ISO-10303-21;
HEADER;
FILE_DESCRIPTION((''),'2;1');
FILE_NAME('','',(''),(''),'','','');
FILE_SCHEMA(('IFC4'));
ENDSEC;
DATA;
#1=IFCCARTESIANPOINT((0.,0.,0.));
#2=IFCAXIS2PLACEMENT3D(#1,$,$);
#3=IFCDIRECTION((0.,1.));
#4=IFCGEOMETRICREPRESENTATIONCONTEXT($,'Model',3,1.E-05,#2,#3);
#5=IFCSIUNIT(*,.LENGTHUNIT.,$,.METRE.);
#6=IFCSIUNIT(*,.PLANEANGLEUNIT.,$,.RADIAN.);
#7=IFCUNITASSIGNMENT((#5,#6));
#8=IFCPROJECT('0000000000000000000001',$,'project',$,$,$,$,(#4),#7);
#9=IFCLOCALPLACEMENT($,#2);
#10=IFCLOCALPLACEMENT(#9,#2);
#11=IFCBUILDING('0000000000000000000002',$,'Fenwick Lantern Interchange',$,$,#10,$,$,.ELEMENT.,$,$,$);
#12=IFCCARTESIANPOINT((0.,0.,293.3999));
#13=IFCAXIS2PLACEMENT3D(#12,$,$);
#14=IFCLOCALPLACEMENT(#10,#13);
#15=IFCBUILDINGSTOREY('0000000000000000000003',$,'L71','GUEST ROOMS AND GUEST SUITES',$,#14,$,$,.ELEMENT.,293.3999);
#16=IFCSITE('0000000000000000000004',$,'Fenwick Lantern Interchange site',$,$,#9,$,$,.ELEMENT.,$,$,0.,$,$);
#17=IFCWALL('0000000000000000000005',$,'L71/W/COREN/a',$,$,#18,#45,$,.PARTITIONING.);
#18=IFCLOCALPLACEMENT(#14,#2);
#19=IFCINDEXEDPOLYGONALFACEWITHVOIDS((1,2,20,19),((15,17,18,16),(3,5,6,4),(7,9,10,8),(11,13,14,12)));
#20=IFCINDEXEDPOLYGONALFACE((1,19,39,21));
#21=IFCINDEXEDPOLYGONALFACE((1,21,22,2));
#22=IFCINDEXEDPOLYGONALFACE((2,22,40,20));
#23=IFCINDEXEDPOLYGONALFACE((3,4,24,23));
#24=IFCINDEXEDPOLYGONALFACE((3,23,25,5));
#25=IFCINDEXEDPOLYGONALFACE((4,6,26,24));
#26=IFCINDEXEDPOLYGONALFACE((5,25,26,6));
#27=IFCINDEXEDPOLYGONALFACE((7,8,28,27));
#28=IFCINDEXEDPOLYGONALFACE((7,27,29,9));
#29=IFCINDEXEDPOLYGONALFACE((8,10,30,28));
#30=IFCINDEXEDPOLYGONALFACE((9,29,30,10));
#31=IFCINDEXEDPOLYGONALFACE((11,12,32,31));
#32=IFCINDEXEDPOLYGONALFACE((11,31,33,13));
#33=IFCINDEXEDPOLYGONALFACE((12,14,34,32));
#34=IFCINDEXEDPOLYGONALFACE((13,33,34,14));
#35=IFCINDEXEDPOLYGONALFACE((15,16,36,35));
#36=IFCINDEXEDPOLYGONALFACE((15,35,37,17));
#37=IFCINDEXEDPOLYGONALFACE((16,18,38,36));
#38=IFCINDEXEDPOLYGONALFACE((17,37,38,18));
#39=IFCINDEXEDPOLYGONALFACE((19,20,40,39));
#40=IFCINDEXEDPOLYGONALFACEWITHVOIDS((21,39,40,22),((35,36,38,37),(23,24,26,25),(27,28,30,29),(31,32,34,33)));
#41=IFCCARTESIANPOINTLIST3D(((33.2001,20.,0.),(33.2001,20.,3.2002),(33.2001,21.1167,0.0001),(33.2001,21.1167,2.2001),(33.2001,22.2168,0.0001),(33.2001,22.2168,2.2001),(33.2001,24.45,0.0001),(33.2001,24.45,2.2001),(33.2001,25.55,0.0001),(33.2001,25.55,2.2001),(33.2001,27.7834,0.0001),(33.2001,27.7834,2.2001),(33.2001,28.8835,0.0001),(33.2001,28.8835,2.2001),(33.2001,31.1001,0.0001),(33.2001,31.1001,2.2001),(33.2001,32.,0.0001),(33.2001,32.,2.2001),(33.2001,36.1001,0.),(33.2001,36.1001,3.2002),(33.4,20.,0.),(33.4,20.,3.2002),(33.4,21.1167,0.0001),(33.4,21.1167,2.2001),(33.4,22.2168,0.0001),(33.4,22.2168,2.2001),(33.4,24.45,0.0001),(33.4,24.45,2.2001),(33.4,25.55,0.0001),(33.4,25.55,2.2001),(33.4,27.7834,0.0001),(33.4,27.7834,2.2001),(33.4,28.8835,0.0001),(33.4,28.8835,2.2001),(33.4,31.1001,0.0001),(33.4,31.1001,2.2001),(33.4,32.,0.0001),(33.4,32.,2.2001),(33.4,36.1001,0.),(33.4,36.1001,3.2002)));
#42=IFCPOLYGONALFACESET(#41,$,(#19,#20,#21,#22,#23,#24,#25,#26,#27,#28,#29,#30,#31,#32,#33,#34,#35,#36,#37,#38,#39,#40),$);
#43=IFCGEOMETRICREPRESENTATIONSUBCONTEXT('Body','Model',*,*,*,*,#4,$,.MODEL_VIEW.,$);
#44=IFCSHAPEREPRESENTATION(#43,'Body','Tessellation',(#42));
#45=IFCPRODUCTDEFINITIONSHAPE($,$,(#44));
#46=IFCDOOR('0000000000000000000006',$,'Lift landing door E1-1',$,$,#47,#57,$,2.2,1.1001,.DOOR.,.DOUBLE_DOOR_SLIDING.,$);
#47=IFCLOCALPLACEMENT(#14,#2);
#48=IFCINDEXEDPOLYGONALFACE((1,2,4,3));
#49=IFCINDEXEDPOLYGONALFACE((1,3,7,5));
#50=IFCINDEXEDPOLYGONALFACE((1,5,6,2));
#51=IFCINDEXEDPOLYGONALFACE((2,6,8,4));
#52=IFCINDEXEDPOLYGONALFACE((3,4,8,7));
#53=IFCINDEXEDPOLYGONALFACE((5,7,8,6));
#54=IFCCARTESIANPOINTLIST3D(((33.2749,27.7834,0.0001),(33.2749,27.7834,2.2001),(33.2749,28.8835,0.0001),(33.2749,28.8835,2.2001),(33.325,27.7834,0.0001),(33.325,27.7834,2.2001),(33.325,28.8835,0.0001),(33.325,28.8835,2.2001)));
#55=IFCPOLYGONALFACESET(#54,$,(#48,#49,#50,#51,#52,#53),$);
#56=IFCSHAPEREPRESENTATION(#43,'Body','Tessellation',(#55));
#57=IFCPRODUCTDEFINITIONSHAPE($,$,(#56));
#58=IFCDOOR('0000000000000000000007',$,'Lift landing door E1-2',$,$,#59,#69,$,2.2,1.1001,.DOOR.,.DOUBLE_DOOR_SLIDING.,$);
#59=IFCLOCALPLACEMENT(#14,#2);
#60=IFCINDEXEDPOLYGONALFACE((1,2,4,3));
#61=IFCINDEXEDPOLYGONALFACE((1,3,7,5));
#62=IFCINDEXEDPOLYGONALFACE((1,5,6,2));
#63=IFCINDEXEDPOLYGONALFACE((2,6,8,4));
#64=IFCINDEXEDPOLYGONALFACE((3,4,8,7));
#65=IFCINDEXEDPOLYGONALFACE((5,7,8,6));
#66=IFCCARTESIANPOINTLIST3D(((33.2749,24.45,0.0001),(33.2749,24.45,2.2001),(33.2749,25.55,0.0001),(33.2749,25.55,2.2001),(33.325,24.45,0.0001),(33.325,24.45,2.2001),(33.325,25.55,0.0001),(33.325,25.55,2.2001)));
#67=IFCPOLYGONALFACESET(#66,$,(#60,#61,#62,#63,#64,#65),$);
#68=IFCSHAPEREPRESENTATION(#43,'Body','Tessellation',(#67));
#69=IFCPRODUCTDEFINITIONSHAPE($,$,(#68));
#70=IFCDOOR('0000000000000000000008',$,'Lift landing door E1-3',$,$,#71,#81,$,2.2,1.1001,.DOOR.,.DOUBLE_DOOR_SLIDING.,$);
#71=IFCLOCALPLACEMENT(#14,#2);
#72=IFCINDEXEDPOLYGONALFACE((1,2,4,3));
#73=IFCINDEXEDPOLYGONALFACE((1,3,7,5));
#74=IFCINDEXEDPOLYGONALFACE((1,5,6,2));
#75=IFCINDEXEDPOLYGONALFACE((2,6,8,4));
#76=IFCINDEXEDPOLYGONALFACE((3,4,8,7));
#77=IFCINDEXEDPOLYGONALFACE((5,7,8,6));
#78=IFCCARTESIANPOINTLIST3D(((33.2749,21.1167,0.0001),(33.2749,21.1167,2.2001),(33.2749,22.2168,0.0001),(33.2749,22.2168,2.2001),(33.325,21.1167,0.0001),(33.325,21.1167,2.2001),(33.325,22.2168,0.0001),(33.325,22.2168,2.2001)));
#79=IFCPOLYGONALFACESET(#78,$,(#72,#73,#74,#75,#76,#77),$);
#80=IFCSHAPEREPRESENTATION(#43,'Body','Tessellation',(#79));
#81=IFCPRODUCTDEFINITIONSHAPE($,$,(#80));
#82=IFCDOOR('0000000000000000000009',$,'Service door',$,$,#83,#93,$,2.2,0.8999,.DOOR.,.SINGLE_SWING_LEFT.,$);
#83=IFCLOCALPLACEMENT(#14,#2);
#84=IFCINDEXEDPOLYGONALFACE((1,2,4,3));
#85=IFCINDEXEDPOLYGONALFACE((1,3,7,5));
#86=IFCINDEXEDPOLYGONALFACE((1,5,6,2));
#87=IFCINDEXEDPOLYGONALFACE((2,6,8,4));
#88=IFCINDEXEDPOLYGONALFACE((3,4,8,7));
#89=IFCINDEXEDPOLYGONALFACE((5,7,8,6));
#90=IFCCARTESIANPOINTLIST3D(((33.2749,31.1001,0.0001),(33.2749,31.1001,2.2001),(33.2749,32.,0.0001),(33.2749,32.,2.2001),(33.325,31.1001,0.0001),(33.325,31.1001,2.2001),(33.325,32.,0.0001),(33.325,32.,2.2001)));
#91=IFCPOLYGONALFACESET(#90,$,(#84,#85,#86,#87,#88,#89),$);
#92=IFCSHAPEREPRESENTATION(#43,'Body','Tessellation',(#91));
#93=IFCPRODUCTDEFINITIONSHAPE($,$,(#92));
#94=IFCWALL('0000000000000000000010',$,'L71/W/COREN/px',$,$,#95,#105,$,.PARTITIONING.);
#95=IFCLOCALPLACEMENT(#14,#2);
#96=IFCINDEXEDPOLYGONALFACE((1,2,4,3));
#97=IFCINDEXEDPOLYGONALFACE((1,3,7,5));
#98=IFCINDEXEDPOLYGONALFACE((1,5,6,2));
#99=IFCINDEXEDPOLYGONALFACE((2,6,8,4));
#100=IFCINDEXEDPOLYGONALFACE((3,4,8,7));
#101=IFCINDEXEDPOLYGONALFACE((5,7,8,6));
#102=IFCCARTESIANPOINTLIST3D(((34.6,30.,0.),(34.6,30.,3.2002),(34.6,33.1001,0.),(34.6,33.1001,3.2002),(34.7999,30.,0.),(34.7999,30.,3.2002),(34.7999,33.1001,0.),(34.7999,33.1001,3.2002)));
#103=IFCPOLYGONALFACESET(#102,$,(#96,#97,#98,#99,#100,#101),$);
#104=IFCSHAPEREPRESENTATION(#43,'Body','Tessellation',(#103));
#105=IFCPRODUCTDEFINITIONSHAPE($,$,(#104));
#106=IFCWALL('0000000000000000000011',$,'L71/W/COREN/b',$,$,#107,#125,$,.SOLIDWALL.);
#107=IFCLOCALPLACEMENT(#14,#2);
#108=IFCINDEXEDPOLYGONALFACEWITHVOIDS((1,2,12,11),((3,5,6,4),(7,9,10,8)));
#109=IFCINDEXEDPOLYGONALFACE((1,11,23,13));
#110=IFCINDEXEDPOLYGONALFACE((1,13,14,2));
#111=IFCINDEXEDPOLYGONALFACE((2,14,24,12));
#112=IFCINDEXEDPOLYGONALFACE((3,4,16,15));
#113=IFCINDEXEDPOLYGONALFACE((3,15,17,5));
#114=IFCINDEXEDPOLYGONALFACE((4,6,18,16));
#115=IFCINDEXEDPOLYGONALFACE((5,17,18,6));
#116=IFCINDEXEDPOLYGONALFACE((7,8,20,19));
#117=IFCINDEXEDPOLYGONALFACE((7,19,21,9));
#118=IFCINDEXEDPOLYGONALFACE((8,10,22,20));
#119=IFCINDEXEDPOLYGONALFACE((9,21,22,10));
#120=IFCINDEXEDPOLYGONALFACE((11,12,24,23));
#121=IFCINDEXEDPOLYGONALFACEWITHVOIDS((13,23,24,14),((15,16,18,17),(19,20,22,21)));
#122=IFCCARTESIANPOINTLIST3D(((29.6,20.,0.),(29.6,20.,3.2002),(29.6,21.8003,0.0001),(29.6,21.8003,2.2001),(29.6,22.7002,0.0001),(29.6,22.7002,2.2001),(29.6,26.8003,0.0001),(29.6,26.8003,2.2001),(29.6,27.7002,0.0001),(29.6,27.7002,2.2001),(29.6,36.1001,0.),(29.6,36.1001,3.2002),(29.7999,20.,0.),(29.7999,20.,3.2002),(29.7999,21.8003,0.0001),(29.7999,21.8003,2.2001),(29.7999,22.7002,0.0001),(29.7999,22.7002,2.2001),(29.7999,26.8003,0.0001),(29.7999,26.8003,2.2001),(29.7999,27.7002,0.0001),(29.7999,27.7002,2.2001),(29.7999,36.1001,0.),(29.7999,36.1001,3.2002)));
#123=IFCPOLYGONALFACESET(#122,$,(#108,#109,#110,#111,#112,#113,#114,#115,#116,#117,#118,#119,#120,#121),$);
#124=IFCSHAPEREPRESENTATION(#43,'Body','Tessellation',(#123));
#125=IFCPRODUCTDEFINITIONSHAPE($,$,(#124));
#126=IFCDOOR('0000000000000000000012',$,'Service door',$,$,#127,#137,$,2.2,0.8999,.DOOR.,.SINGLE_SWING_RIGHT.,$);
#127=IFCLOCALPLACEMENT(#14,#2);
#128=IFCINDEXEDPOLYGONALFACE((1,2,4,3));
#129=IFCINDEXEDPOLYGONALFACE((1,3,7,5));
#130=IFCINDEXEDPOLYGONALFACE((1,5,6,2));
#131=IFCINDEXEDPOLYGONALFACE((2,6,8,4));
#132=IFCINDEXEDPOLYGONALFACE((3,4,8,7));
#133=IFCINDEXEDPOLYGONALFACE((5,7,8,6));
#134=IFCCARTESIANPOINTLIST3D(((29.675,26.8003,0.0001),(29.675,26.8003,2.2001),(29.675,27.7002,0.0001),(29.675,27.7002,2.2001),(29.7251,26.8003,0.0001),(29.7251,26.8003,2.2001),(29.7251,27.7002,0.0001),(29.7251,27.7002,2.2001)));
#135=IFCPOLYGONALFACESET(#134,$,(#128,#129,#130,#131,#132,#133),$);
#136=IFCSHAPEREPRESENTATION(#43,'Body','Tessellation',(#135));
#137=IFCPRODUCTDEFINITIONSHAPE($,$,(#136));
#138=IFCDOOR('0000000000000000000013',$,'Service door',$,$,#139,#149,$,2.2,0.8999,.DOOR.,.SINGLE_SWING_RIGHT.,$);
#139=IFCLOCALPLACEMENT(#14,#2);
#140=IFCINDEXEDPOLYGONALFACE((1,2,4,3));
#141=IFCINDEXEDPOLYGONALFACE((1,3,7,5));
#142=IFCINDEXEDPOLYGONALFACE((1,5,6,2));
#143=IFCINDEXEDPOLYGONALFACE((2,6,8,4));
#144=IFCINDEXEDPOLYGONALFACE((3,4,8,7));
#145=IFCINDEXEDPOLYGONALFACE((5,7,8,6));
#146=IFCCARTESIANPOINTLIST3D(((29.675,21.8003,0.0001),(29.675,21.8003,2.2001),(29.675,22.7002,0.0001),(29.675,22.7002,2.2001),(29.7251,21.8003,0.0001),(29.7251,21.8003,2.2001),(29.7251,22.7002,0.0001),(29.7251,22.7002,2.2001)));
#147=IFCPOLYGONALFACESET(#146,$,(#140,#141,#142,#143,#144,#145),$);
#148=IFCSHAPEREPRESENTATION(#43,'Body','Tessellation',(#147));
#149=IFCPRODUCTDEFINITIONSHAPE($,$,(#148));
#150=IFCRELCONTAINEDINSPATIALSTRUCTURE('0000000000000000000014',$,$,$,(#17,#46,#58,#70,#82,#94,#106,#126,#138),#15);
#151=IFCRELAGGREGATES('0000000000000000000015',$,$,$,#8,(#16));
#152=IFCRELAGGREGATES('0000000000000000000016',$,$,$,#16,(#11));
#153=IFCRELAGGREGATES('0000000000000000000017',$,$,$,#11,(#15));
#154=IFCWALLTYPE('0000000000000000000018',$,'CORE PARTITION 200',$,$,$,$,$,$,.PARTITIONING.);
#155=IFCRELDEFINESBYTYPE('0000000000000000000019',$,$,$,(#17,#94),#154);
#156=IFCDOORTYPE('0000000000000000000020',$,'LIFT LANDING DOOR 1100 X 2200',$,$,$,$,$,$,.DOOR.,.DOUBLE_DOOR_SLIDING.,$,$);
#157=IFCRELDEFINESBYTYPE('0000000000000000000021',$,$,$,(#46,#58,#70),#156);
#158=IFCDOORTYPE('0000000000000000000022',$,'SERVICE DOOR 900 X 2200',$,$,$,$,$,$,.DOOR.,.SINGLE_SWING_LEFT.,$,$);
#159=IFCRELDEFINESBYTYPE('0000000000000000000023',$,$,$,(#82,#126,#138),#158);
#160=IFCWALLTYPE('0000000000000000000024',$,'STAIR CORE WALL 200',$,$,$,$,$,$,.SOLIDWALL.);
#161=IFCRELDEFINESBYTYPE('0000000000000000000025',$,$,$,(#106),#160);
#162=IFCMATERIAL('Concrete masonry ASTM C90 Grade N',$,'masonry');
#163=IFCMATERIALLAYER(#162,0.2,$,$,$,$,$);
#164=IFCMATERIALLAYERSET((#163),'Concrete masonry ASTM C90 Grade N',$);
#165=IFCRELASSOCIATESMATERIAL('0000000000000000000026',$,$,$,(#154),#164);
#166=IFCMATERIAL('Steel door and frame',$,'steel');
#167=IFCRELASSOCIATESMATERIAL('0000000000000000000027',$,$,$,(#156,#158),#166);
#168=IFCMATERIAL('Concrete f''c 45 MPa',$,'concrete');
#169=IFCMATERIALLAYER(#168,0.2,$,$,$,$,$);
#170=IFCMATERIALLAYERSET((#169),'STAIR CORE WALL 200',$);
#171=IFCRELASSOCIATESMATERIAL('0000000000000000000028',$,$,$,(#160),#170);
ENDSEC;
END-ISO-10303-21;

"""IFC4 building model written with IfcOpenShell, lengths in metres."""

from ifc_helpers import new_model, si_unit, direction, frame, frame_2d, origin, place, context, subcontext, project, spatial, rectangle, extrude, material, layer, layer_set, type_object, element, fill, save


model = new_model("IFC4")

# Units and contexts
model_context = context("Model", 3, precision=1e-05, world=origin(), true_north=direction((0.0, 1.0)))
body_context = subcontext(model_context, "Body", "Model", "MODEL_VIEW")
ifc_project = project(units=[si_unit("LENGTHUNIT", "METRE"), si_unit("PLANEANGLEUNIT", "RADIAN")], contexts=[model_context])

# Site, building, storey
site_placement = place(None, origin())
site = spatial("IfcSite", under=ifc_project, at=site_placement, Name="Fenwick Lantern Interchange site", CompositionType="ELEMENT", RefElevation=0.0)
building_placement = place(site_placement, origin())
building = spatial("IfcBuilding", under=site, at=building_placement, Name="Fenwick Lantern Interchange", CompositionType="ELEMENT")
storey_placement = place(building_placement, frame((0.0, 0.0, 293.3999)))
storey = spatial("IfcBuildingStorey", under=building, at=storey_placement, Name="L71", Description="GUEST ROOMS AND GUEST SUITES", CompositionType="ELEMENT", Elevation=293.3999)

# Wall, openings, doors
ifc_material_1 = material(Name="Concrete masonry ASTM C90 Grade N", Category="masonry")
ifc_layer_1 = layer(ifc_material_1, 0.2)
ifc_layer_set_1 = layer_set([ifc_layer_1], Name="Concrete masonry ASTM C90 Grade N")
wall_type_1 = type_object("IfcWallType", Name="CORE PARTITION 200", PredefinedType="PARTITIONING", material=ifc_layer_set_1)
wall_1_placement = place(storey_placement, frame((33.3, 36.1001, 0.0), z_axis=(0.0, 0.0, 1.0), x_axis=(0.0, -1.0, 0.0)))
wall_1 = element("IfcWall", 1, at=wall_1_placement, inside=storey, type_object=wall_type_1, Name="L71/W/COREN/a", PredefinedType="PARTITIONING", context=body_context, shape_type="SweptSolid", body=[
    extrude(rectangle(XDim=16.1001, YDim=0.2, at=frame_2d((8.05, 0.0))), origin(), (0.0, 0.0, 1.0), 3.2002),
])
opening_1_placement = place(wall_1_placement, frame((4.1001, 0.0, 0.0)))
opening_1 = element("IfcOpeningElement", 2, at=opening_1_placement, cuts=wall_1, PredefinedType="OPENING", context=body_context, shape_type="SweptSolid", body=[
    extrude(rectangle(XDim=0.8999, YDim=2.2, at=frame_2d((0.45, 1.1001))), frame((0.0, 0.1099, 0.0), z_axis=(0.0, -1.0, 0.0), x_axis=(1.0, 0.0, 0.0)), (0.0, 0.0, 1.0), 0.22),
])
opening_2_placement = place(wall_1_placement, frame((7.2166, 0.0, 0.0)))
opening_2 = element("IfcOpeningElement", 3, at=opening_2_placement, cuts=wall_1, PredefinedType="OPENING", context=body_context, shape_type="SweptSolid", body=[
    extrude(rectangle(XDim=1.1001, YDim=2.2, at=frame_2d((0.55, 1.1001))), frame((0.0, 0.1099, 0.0), z_axis=(0.0, -1.0, 0.0), x_axis=(1.0, 0.0, 0.0)), (0.0, 0.0, 1.0), 0.22),
])
opening_3_placement = place(wall_1_placement, frame((10.55, 0.0, 0.0)))
opening_3 = element("IfcOpeningElement", 4, at=opening_3_placement, cuts=wall_1, PredefinedType="OPENING", context=body_context, shape_type="SweptSolid", body=[
    extrude(rectangle(XDim=1.1001, YDim=2.2, at=frame_2d((0.55, 1.1001))), frame((0.0, 0.1099, 0.0), z_axis=(0.0, -1.0, 0.0), x_axis=(1.0, 0.0, 0.0)), (0.0, 0.0, 1.0), 0.22),
])
opening_4_placement = place(wall_1_placement, frame((13.8833, 0.0, 0.0)))
opening_4 = element("IfcOpeningElement", 5, at=opening_4_placement, cuts=wall_1, PredefinedType="OPENING", context=body_context, shape_type="SweptSolid", body=[
    extrude(rectangle(XDim=1.1001, YDim=2.2, at=frame_2d((0.55, 1.1001))), frame((0.0, 0.1099, 0.0), z_axis=(0.0, -1.0, 0.0), x_axis=(1.0, 0.0, 0.0)), (0.0, 0.0, 1.0), 0.22),
])
ifc_material_2 = material(Name="Steel door and frame", Category="steel")
door_type_1 = type_object("IfcDoorType", Name="LIFT LANDING DOOR 1100 X 2200", OperationType="DOUBLE_DOOR_SLIDING", PredefinedType="DOOR", material=ifc_material_2)
door_1_placement = place(opening_2_placement, origin())
door_1 = element("IfcDoor", 6, at=door_1_placement, inside=storey, type_object=door_type_1, Name="Lift landing door E1-1", OperationType="DOUBLE_DOOR_SLIDING", OverallHeight=2.2, OverallWidth=1.1001, PredefinedType="DOOR", context=body_context, shape_type="SweptSolid", body=[
    extrude(rectangle(XDim=1.1001, YDim=2.2, at=frame_2d((0.55, 1.1001))), frame((0.0, 0.0249, 0.0), z_axis=(0.0, -1.0, 0.0), x_axis=(1.0, 0.0, 0.0)), (0.0, 0.0, 1.0), 0.05),
])
fill(opening_2, door_1)
door_2_placement = place(opening_3_placement, origin())
door_2 = element("IfcDoor", 7, at=door_2_placement, inside=storey, type_object=door_type_1, Name="Lift landing door E1-2", OperationType="DOUBLE_DOOR_SLIDING", OverallHeight=2.2, OverallWidth=1.1001, PredefinedType="DOOR", context=body_context, shape_type="SweptSolid", body=[
    extrude(rectangle(XDim=1.1001, YDim=2.2, at=frame_2d((0.55, 1.1001))), frame((0.0, 0.0249, 0.0), z_axis=(0.0, -1.0, 0.0), x_axis=(1.0, 0.0, 0.0)), (0.0, 0.0, 1.0), 0.05),
])
fill(opening_3, door_2)
door_3_placement = place(opening_4_placement, origin())
door_3 = element("IfcDoor", 8, at=door_3_placement, inside=storey, type_object=door_type_1, Name="Lift landing door E1-3", OperationType="DOUBLE_DOOR_SLIDING", OverallHeight=2.2, OverallWidth=1.1001, PredefinedType="DOOR", context=body_context, shape_type="SweptSolid", body=[
    extrude(rectangle(XDim=1.1001, YDim=2.2, at=frame_2d((0.55, 1.1001))), frame((0.0, 0.0249, 0.0), z_axis=(0.0, -1.0, 0.0), x_axis=(1.0, 0.0, 0.0)), (0.0, 0.0, 1.0), 0.05),
])
fill(opening_4, door_3)
door_type_2 = type_object("IfcDoorType", Name="SERVICE DOOR 900 X 2200", OperationType="SINGLE_SWING_LEFT", PredefinedType="DOOR", material=ifc_material_2)
door_4_placement = place(opening_1_placement, origin())
door_4 = element("IfcDoor", 9, at=door_4_placement, inside=storey, type_object=door_type_2, Name="Service door", OperationType="SINGLE_SWING_LEFT", OverallHeight=2.2, OverallWidth=0.8999, PredefinedType="DOOR", context=body_context, shape_type="SweptSolid", body=[
    extrude(rectangle(XDim=0.8999, YDim=2.2, at=frame_2d((0.45, 1.1001))), frame((0.0, 0.0249, 0.0), z_axis=(0.0, -1.0, 0.0), x_axis=(1.0, 0.0, 0.0)), (0.0, 0.0, 1.0), 0.05),
])
fill(opening_1, door_4)

# Wall
wall_2_placement = place(storey_placement, frame((34.7, 33.1001, 0.0), z_axis=(0.0, 0.0, 1.0), x_axis=(0.0, -1.0, 0.0)))
element("IfcWall", 10, at=wall_2_placement, inside=storey, type_object=wall_type_1, Name="L71/W/COREN/px", PredefinedType="PARTITIONING", context=body_context, shape_type="SweptSolid", body=[
    extrude(rectangle(XDim=3.1001, YDim=0.2, at=frame_2d((1.55, 0.0))), origin(), (0.0, 0.0, 1.0), 3.2002),
])

# Wall, openings, doors
ifc_material_3 = material(Name="Concrete f'c 45 MPa", Category="concrete")
ifc_layer_2 = layer(ifc_material_3, 0.2)
ifc_layer_set_2 = layer_set([ifc_layer_2], Name="STAIR CORE WALL 200")
wall_type_2 = type_object("IfcWallType", Name="STAIR CORE WALL 200", PredefinedType="SOLIDWALL", material=ifc_layer_set_2)
wall_3_placement = place(storey_placement, frame((29.7, 36.1001, 0.0), z_axis=(0.0, 0.0, 1.0), x_axis=(0.0, -1.0, 0.0)))
wall_3 = element("IfcWall", 11, at=wall_3_placement, inside=storey, type_object=wall_type_2, Name="L71/W/COREN/b", PredefinedType="SOLIDWALL", context=body_context, shape_type="SweptSolid", body=[
    extrude(rectangle(XDim=16.1001, YDim=0.2, at=frame_2d((8.05, 0.0))), origin(), (0.0, 0.0, 1.0), 3.2002),
])
opening_5_placement = place(wall_3_placement, frame((8.3999, 0.0, 0.0)))
opening_5 = element("IfcOpeningElement", 12, at=opening_5_placement, cuts=wall_3, PredefinedType="OPENING", context=body_context, shape_type="SweptSolid", body=[
    extrude(rectangle(XDim=0.8999, YDim=2.2, at=frame_2d((0.45, 1.1001))), frame((0.0, 0.1099, 0.0), z_axis=(0.0, -1.0, 0.0), x_axis=(1.0, 0.0, 0.0)), (0.0, 0.0, 1.0), 0.22),
])
opening_6_placement = place(wall_3_placement, frame((13.3999, 0.0, 0.0)))
opening_6 = element("IfcOpeningElement", 13, at=opening_6_placement, cuts=wall_3, PredefinedType="OPENING", context=body_context, shape_type="SweptSolid", body=[
    extrude(rectangle(XDim=0.8999, YDim=2.2, at=frame_2d((0.45, 1.1001))), frame((0.0, 0.1099, 0.0), z_axis=(0.0, -1.0, 0.0), x_axis=(1.0, 0.0, 0.0)), (0.0, 0.0, 1.0), 0.22),
])
door_5_placement = place(opening_5_placement, frame((0.8999, 0.0, 0.0), z_axis=(0.0, 0.0, 1.0), x_axis=(-1.0, 0.0, 0.0)))
door_5 = element("IfcDoor", 14, at=door_5_placement, inside=storey, type_object=door_type_2, Name="Service door", OperationType="SINGLE_SWING_RIGHT", OverallHeight=2.2, OverallWidth=0.8999, PredefinedType="DOOR", context=body_context, shape_type="SweptSolid", body=[
    extrude(rectangle(XDim=0.8999, YDim=2.2, at=frame_2d((0.45, 1.1001))), frame((0.0, 0.0249, 0.0), z_axis=(0.0, -1.0, 0.0), x_axis=(1.0, 0.0, 0.0)), (0.0, 0.0, 1.0), 0.05),
])
fill(opening_5, door_5)
door_6_placement = place(opening_6_placement, frame((0.8999, 0.0, 0.0), z_axis=(0.0, 0.0, 1.0), x_axis=(-1.0, 0.0, 0.0)))
door_6 = element("IfcDoor", 15, at=door_6_placement, inside=storey, type_object=door_type_2, Name="Service door", OperationType="SINGLE_SWING_RIGHT", OverallHeight=2.2, OverallWidth=0.8999, PredefinedType="DOOR", context=body_context, shape_type="SweptSolid", body=[
    extrude(rectangle(XDim=0.8999, YDim=2.2, at=frame_2d((0.45, 1.1001))), frame((0.0, 0.0249, 0.0), z_axis=(0.0, -1.0, 0.0), x_axis=(1.0, 0.0, 0.0)), (0.0, 0.0, 1.0), 0.05),
])
fill(opening_6, door_6)

save(model, "model.ifc")
